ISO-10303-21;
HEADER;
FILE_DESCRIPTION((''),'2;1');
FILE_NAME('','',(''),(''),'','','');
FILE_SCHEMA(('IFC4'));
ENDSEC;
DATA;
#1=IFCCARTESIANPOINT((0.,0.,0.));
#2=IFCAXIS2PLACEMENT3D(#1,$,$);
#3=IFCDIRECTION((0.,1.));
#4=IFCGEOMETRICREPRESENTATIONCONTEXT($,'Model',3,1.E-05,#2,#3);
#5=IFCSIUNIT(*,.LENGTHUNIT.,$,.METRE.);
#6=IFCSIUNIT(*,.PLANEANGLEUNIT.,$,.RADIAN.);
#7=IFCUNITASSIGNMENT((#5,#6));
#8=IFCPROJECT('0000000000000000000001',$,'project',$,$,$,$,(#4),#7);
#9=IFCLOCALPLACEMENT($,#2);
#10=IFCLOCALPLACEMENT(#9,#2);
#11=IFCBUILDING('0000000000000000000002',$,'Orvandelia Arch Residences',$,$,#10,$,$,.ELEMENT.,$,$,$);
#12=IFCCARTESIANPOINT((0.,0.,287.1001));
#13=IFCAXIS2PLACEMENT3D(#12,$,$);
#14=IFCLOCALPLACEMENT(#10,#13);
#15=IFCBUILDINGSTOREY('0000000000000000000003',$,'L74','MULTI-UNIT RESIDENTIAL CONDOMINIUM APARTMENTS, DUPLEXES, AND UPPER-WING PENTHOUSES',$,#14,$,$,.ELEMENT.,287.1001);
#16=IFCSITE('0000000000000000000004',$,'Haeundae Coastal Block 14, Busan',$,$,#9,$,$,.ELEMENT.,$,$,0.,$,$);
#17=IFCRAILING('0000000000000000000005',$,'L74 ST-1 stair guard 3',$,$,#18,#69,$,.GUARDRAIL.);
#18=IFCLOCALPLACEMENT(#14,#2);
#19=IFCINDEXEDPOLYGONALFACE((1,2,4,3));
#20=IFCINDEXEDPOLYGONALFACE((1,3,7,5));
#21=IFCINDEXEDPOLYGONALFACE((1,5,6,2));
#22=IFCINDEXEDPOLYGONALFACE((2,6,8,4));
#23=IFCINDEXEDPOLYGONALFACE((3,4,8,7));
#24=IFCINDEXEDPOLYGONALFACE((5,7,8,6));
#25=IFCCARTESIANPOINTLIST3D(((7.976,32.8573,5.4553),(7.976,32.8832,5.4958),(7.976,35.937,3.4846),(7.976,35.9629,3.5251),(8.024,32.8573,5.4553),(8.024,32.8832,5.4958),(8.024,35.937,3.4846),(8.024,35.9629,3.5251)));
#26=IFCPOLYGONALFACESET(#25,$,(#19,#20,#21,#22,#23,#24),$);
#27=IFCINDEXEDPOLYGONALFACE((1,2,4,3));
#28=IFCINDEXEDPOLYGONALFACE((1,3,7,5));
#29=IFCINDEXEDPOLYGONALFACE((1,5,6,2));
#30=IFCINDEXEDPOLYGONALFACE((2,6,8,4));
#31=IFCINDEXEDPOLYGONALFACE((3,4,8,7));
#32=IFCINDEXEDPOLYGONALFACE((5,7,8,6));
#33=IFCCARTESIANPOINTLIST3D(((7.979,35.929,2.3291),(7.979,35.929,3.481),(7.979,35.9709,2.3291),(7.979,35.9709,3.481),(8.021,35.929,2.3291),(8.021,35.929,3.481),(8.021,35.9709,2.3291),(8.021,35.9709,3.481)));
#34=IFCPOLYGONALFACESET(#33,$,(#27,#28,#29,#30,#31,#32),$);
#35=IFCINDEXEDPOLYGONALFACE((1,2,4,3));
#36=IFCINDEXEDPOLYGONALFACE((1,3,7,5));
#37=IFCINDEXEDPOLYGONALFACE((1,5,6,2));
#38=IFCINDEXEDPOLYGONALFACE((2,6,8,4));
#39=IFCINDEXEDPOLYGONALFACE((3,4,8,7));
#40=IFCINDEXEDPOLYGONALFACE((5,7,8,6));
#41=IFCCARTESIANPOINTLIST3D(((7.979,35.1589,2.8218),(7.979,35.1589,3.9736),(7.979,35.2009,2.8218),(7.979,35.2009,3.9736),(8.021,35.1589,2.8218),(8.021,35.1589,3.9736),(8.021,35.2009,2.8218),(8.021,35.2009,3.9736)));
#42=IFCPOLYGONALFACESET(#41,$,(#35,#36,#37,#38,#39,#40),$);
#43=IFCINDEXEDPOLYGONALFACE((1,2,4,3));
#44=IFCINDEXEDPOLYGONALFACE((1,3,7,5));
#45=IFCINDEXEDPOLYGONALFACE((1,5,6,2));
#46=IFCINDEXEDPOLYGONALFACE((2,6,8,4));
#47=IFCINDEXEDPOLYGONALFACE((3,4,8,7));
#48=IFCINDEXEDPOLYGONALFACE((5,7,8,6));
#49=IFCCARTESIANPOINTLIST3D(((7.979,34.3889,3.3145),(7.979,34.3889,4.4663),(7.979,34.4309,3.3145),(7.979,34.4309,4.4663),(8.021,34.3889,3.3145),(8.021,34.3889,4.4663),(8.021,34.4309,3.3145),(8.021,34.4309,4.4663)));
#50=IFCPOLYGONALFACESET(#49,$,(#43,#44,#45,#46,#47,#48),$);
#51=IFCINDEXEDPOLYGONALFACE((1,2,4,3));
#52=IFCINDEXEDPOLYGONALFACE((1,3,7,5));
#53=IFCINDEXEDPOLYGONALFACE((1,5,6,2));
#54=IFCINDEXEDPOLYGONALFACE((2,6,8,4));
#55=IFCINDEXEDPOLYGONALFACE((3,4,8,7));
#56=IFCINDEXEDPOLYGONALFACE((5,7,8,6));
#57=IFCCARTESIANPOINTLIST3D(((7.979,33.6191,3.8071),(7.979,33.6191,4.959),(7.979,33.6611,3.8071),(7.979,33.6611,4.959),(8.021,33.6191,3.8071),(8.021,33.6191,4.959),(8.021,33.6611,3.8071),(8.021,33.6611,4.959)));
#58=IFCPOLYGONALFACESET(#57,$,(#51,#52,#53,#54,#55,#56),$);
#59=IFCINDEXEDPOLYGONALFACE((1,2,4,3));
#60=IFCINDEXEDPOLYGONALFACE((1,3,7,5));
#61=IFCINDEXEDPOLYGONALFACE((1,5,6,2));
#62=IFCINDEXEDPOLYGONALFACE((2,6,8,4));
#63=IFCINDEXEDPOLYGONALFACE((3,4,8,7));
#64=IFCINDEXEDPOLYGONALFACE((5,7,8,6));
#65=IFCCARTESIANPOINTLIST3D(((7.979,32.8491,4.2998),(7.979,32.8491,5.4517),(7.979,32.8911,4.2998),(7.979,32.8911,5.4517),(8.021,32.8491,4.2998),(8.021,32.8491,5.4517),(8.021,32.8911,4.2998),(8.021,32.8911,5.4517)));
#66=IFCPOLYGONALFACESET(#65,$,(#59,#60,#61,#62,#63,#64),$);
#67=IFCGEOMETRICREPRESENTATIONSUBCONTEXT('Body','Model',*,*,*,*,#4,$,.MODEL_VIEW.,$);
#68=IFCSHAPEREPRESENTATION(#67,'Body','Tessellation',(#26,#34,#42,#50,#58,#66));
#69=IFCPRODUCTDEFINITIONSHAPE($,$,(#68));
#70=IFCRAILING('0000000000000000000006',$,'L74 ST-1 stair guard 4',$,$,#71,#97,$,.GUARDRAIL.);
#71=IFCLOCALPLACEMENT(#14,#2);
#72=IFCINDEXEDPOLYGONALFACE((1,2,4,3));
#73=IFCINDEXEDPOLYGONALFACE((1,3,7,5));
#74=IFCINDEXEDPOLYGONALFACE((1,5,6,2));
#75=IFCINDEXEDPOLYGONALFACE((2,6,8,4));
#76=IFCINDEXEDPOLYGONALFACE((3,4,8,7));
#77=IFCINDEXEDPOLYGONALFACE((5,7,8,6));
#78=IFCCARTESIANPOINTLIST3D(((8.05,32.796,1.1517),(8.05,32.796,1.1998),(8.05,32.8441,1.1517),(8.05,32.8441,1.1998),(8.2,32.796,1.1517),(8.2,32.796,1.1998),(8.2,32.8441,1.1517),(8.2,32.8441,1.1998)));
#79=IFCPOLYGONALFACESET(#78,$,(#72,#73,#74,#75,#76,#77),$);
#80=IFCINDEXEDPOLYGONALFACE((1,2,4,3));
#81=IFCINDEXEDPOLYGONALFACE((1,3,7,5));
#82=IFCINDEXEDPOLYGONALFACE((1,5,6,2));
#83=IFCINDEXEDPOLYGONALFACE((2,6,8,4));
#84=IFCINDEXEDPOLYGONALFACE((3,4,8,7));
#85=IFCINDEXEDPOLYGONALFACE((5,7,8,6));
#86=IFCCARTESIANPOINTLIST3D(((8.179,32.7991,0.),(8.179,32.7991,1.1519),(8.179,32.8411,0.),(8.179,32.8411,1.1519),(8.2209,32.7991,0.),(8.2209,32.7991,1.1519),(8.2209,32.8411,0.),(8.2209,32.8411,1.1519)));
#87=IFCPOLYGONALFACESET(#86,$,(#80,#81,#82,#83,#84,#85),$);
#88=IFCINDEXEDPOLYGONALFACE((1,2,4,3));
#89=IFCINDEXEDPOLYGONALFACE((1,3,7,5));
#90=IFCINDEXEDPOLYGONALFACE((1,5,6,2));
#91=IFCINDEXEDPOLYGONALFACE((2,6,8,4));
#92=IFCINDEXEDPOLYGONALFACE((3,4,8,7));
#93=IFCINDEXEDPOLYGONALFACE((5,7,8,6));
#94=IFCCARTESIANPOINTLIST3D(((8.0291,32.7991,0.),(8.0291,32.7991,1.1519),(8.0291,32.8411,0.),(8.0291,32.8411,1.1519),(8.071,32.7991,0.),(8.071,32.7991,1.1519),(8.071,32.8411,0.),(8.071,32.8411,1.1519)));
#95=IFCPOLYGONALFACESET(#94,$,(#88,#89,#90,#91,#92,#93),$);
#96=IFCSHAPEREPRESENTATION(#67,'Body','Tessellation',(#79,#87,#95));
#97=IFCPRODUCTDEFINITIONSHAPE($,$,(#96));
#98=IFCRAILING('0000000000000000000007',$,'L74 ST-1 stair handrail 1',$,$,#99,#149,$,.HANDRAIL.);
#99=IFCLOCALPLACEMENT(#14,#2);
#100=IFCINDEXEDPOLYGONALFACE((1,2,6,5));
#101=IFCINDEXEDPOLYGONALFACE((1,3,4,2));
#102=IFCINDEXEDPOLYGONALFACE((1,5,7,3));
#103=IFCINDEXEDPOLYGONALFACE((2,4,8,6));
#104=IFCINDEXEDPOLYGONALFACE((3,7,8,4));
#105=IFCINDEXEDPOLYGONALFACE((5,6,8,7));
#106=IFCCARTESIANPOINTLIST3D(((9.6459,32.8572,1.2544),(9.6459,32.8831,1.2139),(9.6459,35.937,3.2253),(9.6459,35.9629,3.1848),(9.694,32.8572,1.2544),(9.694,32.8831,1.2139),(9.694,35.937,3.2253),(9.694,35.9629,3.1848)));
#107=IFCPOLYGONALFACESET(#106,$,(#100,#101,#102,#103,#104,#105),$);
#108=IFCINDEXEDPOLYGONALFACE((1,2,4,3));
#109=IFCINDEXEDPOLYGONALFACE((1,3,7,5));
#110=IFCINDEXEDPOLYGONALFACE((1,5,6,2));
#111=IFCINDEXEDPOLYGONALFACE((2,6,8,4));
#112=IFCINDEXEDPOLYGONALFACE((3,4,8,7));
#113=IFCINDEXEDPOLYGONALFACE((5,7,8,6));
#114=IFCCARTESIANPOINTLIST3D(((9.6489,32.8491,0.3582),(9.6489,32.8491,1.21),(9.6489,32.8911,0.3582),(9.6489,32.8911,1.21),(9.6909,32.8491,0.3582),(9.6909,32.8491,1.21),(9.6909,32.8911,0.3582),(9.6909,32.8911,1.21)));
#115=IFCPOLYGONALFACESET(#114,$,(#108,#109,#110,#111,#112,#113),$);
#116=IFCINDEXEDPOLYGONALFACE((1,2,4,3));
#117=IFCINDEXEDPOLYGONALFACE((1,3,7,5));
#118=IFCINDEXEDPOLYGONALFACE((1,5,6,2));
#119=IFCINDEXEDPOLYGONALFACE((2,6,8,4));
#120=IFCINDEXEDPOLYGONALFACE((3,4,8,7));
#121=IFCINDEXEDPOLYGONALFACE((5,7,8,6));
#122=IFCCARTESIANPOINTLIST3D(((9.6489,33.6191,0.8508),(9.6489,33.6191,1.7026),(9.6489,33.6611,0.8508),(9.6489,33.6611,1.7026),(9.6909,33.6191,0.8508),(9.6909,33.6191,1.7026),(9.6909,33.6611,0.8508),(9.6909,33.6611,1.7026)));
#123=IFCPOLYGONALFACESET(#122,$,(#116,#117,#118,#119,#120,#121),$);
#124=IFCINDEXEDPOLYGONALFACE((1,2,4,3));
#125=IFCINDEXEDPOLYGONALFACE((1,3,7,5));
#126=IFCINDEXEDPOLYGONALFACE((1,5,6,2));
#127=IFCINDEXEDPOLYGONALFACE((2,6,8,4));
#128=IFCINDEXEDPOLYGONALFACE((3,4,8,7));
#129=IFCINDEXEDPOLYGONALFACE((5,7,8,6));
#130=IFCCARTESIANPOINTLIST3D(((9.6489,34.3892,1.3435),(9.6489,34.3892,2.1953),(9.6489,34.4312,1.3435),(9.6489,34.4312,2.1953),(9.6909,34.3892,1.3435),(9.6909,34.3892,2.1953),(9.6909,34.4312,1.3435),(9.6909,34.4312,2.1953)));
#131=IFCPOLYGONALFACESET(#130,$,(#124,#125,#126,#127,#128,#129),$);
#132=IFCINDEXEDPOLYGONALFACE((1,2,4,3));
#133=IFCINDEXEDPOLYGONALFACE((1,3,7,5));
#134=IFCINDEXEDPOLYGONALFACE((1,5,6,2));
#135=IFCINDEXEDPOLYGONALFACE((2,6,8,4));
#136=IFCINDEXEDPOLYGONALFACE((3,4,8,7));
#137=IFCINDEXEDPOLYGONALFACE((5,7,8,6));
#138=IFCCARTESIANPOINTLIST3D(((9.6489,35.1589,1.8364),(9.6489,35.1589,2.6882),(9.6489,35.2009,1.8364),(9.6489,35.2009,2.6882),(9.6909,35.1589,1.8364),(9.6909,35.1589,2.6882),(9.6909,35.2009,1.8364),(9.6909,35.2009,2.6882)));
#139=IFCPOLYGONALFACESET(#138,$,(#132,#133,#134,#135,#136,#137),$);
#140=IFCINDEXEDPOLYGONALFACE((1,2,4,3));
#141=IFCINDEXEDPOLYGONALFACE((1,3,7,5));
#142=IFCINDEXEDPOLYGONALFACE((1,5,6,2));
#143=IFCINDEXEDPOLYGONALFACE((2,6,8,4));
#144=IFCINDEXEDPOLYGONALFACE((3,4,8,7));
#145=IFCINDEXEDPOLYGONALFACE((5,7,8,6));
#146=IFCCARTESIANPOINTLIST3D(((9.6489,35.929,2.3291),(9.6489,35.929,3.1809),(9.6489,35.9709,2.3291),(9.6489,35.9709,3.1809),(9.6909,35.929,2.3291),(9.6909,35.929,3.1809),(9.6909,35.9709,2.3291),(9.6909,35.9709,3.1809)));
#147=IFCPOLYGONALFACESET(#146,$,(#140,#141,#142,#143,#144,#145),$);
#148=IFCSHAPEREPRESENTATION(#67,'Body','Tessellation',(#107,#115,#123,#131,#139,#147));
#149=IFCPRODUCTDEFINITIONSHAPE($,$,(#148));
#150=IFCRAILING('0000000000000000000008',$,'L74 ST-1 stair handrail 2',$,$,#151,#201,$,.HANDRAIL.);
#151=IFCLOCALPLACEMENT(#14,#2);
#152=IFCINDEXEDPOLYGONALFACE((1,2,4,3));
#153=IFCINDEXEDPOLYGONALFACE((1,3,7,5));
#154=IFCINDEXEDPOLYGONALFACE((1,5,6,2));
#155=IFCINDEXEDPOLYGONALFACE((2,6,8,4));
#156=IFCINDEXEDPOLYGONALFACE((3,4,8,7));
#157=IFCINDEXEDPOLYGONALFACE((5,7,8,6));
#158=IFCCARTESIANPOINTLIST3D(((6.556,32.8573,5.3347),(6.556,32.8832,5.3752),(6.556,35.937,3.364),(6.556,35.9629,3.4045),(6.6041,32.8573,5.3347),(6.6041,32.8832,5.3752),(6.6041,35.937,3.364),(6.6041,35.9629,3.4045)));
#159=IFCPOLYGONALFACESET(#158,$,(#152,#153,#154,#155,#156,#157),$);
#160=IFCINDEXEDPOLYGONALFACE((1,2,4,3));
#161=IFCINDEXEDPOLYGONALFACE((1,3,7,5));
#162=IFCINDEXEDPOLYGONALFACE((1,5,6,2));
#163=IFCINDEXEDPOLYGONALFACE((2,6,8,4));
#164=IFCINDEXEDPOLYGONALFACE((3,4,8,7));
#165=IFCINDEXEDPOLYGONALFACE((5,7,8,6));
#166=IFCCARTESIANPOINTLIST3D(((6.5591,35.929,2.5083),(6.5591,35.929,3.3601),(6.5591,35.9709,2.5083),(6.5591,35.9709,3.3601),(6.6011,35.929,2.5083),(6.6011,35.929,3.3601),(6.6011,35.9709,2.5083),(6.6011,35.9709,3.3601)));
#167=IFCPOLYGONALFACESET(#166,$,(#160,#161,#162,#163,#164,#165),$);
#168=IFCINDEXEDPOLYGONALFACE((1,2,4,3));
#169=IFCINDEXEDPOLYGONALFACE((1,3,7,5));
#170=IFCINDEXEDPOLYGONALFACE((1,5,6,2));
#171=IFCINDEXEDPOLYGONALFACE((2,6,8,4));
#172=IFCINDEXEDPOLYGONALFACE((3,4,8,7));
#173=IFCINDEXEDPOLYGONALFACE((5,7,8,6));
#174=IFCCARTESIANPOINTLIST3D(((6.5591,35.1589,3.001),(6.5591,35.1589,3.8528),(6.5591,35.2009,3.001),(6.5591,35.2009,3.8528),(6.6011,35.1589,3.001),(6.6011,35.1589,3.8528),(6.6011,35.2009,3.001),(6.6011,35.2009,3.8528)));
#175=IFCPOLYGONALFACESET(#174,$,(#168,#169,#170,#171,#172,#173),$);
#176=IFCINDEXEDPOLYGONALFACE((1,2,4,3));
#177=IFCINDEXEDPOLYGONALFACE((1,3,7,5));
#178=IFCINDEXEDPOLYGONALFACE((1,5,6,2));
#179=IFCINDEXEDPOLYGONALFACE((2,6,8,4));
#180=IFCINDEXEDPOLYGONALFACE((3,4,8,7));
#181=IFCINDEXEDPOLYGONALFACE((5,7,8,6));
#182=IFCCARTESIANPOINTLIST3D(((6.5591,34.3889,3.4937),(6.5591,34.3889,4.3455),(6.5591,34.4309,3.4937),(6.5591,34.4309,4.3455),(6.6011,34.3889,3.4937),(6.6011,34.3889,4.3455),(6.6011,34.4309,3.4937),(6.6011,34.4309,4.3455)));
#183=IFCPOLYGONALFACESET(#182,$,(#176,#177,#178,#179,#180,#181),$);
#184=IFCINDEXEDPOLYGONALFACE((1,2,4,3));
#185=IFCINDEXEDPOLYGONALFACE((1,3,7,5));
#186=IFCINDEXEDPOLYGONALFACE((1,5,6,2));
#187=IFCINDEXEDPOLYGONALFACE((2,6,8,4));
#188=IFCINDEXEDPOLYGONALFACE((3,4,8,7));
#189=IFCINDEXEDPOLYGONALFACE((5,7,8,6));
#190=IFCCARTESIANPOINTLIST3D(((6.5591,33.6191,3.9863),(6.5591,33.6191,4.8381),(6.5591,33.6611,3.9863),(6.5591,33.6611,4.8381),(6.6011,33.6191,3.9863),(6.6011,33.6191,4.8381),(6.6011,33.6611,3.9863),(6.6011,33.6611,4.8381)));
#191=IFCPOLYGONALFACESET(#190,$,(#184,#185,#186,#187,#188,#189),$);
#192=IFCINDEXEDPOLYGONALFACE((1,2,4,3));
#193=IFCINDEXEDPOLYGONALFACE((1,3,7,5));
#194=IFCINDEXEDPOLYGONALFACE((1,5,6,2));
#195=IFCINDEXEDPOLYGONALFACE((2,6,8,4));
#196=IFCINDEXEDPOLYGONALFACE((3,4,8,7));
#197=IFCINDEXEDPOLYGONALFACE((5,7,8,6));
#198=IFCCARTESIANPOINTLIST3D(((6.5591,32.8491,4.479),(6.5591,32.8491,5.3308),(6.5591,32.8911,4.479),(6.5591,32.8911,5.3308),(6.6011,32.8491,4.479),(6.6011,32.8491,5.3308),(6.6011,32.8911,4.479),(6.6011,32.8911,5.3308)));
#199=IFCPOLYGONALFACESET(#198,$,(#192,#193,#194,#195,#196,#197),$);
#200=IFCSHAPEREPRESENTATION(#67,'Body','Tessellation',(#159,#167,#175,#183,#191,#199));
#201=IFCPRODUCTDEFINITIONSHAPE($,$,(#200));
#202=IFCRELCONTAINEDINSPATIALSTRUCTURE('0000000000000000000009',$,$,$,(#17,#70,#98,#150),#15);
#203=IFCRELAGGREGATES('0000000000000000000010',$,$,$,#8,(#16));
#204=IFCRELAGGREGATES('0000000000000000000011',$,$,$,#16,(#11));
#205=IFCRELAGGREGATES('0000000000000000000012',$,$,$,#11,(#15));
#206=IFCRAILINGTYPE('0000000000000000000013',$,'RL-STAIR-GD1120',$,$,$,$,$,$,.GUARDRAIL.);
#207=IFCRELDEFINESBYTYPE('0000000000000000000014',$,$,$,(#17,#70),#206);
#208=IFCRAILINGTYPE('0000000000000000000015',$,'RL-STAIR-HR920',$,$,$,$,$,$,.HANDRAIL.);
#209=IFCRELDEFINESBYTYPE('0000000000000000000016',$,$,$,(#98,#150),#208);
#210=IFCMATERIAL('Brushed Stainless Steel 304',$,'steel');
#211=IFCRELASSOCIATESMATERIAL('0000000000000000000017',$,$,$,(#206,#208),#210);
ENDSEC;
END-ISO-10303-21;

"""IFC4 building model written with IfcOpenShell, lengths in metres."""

from ifc_helpers import new_model, si_unit, direction, frame, origin, origin_2d, place, context, subcontext, project, spatial, rectangle, extrude, material, type_object, element, save


model = new_model("IFC4")

# Units and contexts
model_context = context("Model", 3, precision=1e-05, world=origin(), true_north=direction((0.0, 1.0)))
body_context = subcontext(model_context, "Body", "Model", "MODEL_VIEW")
ifc_project = project(units=[si_unit("LENGTHUNIT", "METRE"), si_unit("PLANEANGLEUNIT", "RADIAN")], contexts=[model_context])

# Site, building, storey
site_placement = place(None, origin())
site = spatial("IfcSite", under=ifc_project, at=site_placement, Name="Haeundae Coastal Block 14, Busan", CompositionType="ELEMENT", RefElevation=0.0)
building_placement = place(site_placement, origin())
building = spatial("IfcBuilding", under=site, at=building_placement, Name="Orvandelia Arch Residences", CompositionType="ELEMENT")
storey_placement = place(building_placement, frame((0.0, 0.0, 287.1001)))
storey = spatial("IfcBuildingStorey", under=building, at=storey_placement, Name="L74", Description="MULTI-UNIT RESIDENTIAL CONDOMINIUM APARTMENTS, DUPLEXES, AND UPPER-WING PENTHOUSES", CompositionType="ELEMENT", Elevation=287.1001)

# Railings
ifc_material_1 = material(Name="Brushed Stainless Steel 304", Category="steel")
railing_type_1 = type_object("IfcRailingType", Name="RL-STAIR-GD1120", PredefinedType="GUARDRAIL", material=ifc_material_1)
railing_1_placement = place(storey_placement, frame((8.0, 35.95, 2.3291)))
element("IfcRailing", 1, at=railing_1_placement, inside=storey, type_object=railing_type_1, Name="L74 ST-1 stair guard 3", PredefinedType="GUARDRAIL", context=body_context, shape_type="SweptSolid", body=[
    extrude(rectangle(XDim=0.0481, YDim=0.0481, at=origin_2d()), frame((0.0, 0.0, 1.1758), z_axis=(0.0, -0.84232, 0.538978), x_axis=(1.0, 0.0, 0.0)), (0.0, 0.0, 1.0), 3.6562),
    extrude(rectangle(XDim=0.042, YDim=0.042, at=origin_2d()), origin(), (0.0, 0.0, 1.0), 1.1519),
    extrude(rectangle(XDim=0.042, YDim=0.042, at=origin_2d()), frame((0.0, -0.77, 0.4927)), (0.0, 0.0, 1.0), 1.1519),
    extrude(rectangle(XDim=0.042, YDim=0.042, at=origin_2d()), frame((0.0, -1.54, 0.9854)), (0.0, 0.0, 1.0), 1.1519),
    extrude(rectangle(XDim=0.042, YDim=0.042, at=origin_2d()), frame((0.0, -2.3098, 1.478)), (0.0, 0.0, 1.0), 1.1519),
    extrude(rectangle(XDim=0.042, YDim=0.042, at=origin_2d()), frame((0.0, -3.0798, 1.9707)), (0.0, 0.0, 1.0), 1.1519),
])
railing_2_placement = place(storey_placement, frame((8.2, 32.8201, 0.0)))
element("IfcRailing", 2, at=railing_2_placement, inside=storey, type_object=railing_type_1, Name="L74 ST-1 stair guard 4", PredefinedType="GUARDRAIL", context=body_context, shape_type="SweptSolid", body=[
    extrude(rectangle(XDim=0.0481, YDim=0.0481, at=origin_2d()), frame((0.0, 0.0, 1.1758), z_axis=(-1.0, 0.0, 0.0), x_axis=(0.0, -1.0, 0.0)), (0.0, 0.0, 1.0), 0.1499),
    extrude(rectangle(XDim=0.042, YDim=0.042, at=origin_2d()), origin(), (0.0, 0.0, 1.0), 1.1519),
    extrude(rectangle(XDim=0.042, YDim=0.042, at=origin_2d()), frame((-0.1499, 0.0, 0.0)), (0.0, 0.0, 1.0), 1.1519),
])
railing_type_2 = type_object("IfcRailingType", Name="RL-STAIR-HR920", PredefinedType="HANDRAIL", material=ifc_material_1)
railing_3_placement = place(storey_placement, frame((9.6699, 32.8701, 0.3582)))
element("IfcRailing", 3, at=railing_3_placement, inside=storey, type_object=railing_type_2, Name="L74 ST-1 stair handrail 1", PredefinedType="HANDRAIL", context=body_context, shape_type="SweptSolid", body=[
    extrude(rectangle(XDim=0.0481, YDim=0.0481, at=origin_2d()), frame((0.0, 0.0, 0.876), z_axis=(0.0, 0.84229, 0.539025), x_axis=(-1.0, 0.0, 0.0)), (0.0, 0.0, 1.0), 3.6565),
    extrude(rectangle(XDim=0.042, YDim=0.042, at=origin_2d()), origin(), (0.0, 0.0, 1.0), 0.8518),
    extrude(rectangle(XDim=0.042, YDim=0.042, at=origin_2d()), frame((0.0, 0.77, 0.4927)), (0.0, 0.0, 1.0), 0.8518),
    extrude(rectangle(XDim=0.042, YDim=0.042, at=origin_2d()), frame((0.0, 1.54, 0.9854)), (0.0, 0.0, 1.0), 0.8518),
    extrude(rectangle(XDim=0.042, YDim=0.042, at=origin_2d()), frame((0.0, 2.3098, 1.4783)), (0.0, 0.0, 1.0), 0.8518),
    extrude(rectangle(XDim=0.042, YDim=0.042, at=origin_2d()), frame((0.0, 3.0798, 1.9709)), (0.0, 0.0, 1.0), 0.8518),
])
railing_4_placement = place(storey_placement, frame((6.5801, 35.95, 2.5083)))
element("IfcRailing", 4, at=railing_4_placement, inside=storey, type_object=railing_type_2, Name="L74 ST-1 stair handrail 2", PredefinedType="HANDRAIL", context=body_context, shape_type="SweptSolid", body=[
    extrude(rectangle(XDim=0.0481, YDim=0.0481, at=origin_2d()), frame((0.0, 0.0, 0.876), z_axis=(0.0, -0.84232, 0.538978), x_axis=(1.0, 0.0, 0.0)), (0.0, 0.0, 1.0), 3.6562),
    extrude(rectangle(XDim=0.042, YDim=0.042, at=origin_2d()), origin(), (0.0, 0.0, 1.0), 0.8518),
    extrude(rectangle(XDim=0.042, YDim=0.042, at=origin_2d()), frame((0.0, -0.77, 0.4927)), (0.0, 0.0, 1.0), 0.8518),
    extrude(rectangle(XDim=0.042, YDim=0.042, at=origin_2d()), frame((0.0, -1.54, 0.9854)), (0.0, 0.0, 1.0), 0.8518),
    extrude(rectangle(XDim=0.042, YDim=0.042, at=origin_2d()), frame((0.0, -2.3098, 1.478)), (0.0, 0.0, 1.0), 0.8518),
    extrude(rectangle(XDim=0.042, YDim=0.042, at=origin_2d()), frame((0.0, -3.0798, 1.9707)), (0.0, 0.0, 1.0), 0.8518),
])

save(model, "model.ifc")
